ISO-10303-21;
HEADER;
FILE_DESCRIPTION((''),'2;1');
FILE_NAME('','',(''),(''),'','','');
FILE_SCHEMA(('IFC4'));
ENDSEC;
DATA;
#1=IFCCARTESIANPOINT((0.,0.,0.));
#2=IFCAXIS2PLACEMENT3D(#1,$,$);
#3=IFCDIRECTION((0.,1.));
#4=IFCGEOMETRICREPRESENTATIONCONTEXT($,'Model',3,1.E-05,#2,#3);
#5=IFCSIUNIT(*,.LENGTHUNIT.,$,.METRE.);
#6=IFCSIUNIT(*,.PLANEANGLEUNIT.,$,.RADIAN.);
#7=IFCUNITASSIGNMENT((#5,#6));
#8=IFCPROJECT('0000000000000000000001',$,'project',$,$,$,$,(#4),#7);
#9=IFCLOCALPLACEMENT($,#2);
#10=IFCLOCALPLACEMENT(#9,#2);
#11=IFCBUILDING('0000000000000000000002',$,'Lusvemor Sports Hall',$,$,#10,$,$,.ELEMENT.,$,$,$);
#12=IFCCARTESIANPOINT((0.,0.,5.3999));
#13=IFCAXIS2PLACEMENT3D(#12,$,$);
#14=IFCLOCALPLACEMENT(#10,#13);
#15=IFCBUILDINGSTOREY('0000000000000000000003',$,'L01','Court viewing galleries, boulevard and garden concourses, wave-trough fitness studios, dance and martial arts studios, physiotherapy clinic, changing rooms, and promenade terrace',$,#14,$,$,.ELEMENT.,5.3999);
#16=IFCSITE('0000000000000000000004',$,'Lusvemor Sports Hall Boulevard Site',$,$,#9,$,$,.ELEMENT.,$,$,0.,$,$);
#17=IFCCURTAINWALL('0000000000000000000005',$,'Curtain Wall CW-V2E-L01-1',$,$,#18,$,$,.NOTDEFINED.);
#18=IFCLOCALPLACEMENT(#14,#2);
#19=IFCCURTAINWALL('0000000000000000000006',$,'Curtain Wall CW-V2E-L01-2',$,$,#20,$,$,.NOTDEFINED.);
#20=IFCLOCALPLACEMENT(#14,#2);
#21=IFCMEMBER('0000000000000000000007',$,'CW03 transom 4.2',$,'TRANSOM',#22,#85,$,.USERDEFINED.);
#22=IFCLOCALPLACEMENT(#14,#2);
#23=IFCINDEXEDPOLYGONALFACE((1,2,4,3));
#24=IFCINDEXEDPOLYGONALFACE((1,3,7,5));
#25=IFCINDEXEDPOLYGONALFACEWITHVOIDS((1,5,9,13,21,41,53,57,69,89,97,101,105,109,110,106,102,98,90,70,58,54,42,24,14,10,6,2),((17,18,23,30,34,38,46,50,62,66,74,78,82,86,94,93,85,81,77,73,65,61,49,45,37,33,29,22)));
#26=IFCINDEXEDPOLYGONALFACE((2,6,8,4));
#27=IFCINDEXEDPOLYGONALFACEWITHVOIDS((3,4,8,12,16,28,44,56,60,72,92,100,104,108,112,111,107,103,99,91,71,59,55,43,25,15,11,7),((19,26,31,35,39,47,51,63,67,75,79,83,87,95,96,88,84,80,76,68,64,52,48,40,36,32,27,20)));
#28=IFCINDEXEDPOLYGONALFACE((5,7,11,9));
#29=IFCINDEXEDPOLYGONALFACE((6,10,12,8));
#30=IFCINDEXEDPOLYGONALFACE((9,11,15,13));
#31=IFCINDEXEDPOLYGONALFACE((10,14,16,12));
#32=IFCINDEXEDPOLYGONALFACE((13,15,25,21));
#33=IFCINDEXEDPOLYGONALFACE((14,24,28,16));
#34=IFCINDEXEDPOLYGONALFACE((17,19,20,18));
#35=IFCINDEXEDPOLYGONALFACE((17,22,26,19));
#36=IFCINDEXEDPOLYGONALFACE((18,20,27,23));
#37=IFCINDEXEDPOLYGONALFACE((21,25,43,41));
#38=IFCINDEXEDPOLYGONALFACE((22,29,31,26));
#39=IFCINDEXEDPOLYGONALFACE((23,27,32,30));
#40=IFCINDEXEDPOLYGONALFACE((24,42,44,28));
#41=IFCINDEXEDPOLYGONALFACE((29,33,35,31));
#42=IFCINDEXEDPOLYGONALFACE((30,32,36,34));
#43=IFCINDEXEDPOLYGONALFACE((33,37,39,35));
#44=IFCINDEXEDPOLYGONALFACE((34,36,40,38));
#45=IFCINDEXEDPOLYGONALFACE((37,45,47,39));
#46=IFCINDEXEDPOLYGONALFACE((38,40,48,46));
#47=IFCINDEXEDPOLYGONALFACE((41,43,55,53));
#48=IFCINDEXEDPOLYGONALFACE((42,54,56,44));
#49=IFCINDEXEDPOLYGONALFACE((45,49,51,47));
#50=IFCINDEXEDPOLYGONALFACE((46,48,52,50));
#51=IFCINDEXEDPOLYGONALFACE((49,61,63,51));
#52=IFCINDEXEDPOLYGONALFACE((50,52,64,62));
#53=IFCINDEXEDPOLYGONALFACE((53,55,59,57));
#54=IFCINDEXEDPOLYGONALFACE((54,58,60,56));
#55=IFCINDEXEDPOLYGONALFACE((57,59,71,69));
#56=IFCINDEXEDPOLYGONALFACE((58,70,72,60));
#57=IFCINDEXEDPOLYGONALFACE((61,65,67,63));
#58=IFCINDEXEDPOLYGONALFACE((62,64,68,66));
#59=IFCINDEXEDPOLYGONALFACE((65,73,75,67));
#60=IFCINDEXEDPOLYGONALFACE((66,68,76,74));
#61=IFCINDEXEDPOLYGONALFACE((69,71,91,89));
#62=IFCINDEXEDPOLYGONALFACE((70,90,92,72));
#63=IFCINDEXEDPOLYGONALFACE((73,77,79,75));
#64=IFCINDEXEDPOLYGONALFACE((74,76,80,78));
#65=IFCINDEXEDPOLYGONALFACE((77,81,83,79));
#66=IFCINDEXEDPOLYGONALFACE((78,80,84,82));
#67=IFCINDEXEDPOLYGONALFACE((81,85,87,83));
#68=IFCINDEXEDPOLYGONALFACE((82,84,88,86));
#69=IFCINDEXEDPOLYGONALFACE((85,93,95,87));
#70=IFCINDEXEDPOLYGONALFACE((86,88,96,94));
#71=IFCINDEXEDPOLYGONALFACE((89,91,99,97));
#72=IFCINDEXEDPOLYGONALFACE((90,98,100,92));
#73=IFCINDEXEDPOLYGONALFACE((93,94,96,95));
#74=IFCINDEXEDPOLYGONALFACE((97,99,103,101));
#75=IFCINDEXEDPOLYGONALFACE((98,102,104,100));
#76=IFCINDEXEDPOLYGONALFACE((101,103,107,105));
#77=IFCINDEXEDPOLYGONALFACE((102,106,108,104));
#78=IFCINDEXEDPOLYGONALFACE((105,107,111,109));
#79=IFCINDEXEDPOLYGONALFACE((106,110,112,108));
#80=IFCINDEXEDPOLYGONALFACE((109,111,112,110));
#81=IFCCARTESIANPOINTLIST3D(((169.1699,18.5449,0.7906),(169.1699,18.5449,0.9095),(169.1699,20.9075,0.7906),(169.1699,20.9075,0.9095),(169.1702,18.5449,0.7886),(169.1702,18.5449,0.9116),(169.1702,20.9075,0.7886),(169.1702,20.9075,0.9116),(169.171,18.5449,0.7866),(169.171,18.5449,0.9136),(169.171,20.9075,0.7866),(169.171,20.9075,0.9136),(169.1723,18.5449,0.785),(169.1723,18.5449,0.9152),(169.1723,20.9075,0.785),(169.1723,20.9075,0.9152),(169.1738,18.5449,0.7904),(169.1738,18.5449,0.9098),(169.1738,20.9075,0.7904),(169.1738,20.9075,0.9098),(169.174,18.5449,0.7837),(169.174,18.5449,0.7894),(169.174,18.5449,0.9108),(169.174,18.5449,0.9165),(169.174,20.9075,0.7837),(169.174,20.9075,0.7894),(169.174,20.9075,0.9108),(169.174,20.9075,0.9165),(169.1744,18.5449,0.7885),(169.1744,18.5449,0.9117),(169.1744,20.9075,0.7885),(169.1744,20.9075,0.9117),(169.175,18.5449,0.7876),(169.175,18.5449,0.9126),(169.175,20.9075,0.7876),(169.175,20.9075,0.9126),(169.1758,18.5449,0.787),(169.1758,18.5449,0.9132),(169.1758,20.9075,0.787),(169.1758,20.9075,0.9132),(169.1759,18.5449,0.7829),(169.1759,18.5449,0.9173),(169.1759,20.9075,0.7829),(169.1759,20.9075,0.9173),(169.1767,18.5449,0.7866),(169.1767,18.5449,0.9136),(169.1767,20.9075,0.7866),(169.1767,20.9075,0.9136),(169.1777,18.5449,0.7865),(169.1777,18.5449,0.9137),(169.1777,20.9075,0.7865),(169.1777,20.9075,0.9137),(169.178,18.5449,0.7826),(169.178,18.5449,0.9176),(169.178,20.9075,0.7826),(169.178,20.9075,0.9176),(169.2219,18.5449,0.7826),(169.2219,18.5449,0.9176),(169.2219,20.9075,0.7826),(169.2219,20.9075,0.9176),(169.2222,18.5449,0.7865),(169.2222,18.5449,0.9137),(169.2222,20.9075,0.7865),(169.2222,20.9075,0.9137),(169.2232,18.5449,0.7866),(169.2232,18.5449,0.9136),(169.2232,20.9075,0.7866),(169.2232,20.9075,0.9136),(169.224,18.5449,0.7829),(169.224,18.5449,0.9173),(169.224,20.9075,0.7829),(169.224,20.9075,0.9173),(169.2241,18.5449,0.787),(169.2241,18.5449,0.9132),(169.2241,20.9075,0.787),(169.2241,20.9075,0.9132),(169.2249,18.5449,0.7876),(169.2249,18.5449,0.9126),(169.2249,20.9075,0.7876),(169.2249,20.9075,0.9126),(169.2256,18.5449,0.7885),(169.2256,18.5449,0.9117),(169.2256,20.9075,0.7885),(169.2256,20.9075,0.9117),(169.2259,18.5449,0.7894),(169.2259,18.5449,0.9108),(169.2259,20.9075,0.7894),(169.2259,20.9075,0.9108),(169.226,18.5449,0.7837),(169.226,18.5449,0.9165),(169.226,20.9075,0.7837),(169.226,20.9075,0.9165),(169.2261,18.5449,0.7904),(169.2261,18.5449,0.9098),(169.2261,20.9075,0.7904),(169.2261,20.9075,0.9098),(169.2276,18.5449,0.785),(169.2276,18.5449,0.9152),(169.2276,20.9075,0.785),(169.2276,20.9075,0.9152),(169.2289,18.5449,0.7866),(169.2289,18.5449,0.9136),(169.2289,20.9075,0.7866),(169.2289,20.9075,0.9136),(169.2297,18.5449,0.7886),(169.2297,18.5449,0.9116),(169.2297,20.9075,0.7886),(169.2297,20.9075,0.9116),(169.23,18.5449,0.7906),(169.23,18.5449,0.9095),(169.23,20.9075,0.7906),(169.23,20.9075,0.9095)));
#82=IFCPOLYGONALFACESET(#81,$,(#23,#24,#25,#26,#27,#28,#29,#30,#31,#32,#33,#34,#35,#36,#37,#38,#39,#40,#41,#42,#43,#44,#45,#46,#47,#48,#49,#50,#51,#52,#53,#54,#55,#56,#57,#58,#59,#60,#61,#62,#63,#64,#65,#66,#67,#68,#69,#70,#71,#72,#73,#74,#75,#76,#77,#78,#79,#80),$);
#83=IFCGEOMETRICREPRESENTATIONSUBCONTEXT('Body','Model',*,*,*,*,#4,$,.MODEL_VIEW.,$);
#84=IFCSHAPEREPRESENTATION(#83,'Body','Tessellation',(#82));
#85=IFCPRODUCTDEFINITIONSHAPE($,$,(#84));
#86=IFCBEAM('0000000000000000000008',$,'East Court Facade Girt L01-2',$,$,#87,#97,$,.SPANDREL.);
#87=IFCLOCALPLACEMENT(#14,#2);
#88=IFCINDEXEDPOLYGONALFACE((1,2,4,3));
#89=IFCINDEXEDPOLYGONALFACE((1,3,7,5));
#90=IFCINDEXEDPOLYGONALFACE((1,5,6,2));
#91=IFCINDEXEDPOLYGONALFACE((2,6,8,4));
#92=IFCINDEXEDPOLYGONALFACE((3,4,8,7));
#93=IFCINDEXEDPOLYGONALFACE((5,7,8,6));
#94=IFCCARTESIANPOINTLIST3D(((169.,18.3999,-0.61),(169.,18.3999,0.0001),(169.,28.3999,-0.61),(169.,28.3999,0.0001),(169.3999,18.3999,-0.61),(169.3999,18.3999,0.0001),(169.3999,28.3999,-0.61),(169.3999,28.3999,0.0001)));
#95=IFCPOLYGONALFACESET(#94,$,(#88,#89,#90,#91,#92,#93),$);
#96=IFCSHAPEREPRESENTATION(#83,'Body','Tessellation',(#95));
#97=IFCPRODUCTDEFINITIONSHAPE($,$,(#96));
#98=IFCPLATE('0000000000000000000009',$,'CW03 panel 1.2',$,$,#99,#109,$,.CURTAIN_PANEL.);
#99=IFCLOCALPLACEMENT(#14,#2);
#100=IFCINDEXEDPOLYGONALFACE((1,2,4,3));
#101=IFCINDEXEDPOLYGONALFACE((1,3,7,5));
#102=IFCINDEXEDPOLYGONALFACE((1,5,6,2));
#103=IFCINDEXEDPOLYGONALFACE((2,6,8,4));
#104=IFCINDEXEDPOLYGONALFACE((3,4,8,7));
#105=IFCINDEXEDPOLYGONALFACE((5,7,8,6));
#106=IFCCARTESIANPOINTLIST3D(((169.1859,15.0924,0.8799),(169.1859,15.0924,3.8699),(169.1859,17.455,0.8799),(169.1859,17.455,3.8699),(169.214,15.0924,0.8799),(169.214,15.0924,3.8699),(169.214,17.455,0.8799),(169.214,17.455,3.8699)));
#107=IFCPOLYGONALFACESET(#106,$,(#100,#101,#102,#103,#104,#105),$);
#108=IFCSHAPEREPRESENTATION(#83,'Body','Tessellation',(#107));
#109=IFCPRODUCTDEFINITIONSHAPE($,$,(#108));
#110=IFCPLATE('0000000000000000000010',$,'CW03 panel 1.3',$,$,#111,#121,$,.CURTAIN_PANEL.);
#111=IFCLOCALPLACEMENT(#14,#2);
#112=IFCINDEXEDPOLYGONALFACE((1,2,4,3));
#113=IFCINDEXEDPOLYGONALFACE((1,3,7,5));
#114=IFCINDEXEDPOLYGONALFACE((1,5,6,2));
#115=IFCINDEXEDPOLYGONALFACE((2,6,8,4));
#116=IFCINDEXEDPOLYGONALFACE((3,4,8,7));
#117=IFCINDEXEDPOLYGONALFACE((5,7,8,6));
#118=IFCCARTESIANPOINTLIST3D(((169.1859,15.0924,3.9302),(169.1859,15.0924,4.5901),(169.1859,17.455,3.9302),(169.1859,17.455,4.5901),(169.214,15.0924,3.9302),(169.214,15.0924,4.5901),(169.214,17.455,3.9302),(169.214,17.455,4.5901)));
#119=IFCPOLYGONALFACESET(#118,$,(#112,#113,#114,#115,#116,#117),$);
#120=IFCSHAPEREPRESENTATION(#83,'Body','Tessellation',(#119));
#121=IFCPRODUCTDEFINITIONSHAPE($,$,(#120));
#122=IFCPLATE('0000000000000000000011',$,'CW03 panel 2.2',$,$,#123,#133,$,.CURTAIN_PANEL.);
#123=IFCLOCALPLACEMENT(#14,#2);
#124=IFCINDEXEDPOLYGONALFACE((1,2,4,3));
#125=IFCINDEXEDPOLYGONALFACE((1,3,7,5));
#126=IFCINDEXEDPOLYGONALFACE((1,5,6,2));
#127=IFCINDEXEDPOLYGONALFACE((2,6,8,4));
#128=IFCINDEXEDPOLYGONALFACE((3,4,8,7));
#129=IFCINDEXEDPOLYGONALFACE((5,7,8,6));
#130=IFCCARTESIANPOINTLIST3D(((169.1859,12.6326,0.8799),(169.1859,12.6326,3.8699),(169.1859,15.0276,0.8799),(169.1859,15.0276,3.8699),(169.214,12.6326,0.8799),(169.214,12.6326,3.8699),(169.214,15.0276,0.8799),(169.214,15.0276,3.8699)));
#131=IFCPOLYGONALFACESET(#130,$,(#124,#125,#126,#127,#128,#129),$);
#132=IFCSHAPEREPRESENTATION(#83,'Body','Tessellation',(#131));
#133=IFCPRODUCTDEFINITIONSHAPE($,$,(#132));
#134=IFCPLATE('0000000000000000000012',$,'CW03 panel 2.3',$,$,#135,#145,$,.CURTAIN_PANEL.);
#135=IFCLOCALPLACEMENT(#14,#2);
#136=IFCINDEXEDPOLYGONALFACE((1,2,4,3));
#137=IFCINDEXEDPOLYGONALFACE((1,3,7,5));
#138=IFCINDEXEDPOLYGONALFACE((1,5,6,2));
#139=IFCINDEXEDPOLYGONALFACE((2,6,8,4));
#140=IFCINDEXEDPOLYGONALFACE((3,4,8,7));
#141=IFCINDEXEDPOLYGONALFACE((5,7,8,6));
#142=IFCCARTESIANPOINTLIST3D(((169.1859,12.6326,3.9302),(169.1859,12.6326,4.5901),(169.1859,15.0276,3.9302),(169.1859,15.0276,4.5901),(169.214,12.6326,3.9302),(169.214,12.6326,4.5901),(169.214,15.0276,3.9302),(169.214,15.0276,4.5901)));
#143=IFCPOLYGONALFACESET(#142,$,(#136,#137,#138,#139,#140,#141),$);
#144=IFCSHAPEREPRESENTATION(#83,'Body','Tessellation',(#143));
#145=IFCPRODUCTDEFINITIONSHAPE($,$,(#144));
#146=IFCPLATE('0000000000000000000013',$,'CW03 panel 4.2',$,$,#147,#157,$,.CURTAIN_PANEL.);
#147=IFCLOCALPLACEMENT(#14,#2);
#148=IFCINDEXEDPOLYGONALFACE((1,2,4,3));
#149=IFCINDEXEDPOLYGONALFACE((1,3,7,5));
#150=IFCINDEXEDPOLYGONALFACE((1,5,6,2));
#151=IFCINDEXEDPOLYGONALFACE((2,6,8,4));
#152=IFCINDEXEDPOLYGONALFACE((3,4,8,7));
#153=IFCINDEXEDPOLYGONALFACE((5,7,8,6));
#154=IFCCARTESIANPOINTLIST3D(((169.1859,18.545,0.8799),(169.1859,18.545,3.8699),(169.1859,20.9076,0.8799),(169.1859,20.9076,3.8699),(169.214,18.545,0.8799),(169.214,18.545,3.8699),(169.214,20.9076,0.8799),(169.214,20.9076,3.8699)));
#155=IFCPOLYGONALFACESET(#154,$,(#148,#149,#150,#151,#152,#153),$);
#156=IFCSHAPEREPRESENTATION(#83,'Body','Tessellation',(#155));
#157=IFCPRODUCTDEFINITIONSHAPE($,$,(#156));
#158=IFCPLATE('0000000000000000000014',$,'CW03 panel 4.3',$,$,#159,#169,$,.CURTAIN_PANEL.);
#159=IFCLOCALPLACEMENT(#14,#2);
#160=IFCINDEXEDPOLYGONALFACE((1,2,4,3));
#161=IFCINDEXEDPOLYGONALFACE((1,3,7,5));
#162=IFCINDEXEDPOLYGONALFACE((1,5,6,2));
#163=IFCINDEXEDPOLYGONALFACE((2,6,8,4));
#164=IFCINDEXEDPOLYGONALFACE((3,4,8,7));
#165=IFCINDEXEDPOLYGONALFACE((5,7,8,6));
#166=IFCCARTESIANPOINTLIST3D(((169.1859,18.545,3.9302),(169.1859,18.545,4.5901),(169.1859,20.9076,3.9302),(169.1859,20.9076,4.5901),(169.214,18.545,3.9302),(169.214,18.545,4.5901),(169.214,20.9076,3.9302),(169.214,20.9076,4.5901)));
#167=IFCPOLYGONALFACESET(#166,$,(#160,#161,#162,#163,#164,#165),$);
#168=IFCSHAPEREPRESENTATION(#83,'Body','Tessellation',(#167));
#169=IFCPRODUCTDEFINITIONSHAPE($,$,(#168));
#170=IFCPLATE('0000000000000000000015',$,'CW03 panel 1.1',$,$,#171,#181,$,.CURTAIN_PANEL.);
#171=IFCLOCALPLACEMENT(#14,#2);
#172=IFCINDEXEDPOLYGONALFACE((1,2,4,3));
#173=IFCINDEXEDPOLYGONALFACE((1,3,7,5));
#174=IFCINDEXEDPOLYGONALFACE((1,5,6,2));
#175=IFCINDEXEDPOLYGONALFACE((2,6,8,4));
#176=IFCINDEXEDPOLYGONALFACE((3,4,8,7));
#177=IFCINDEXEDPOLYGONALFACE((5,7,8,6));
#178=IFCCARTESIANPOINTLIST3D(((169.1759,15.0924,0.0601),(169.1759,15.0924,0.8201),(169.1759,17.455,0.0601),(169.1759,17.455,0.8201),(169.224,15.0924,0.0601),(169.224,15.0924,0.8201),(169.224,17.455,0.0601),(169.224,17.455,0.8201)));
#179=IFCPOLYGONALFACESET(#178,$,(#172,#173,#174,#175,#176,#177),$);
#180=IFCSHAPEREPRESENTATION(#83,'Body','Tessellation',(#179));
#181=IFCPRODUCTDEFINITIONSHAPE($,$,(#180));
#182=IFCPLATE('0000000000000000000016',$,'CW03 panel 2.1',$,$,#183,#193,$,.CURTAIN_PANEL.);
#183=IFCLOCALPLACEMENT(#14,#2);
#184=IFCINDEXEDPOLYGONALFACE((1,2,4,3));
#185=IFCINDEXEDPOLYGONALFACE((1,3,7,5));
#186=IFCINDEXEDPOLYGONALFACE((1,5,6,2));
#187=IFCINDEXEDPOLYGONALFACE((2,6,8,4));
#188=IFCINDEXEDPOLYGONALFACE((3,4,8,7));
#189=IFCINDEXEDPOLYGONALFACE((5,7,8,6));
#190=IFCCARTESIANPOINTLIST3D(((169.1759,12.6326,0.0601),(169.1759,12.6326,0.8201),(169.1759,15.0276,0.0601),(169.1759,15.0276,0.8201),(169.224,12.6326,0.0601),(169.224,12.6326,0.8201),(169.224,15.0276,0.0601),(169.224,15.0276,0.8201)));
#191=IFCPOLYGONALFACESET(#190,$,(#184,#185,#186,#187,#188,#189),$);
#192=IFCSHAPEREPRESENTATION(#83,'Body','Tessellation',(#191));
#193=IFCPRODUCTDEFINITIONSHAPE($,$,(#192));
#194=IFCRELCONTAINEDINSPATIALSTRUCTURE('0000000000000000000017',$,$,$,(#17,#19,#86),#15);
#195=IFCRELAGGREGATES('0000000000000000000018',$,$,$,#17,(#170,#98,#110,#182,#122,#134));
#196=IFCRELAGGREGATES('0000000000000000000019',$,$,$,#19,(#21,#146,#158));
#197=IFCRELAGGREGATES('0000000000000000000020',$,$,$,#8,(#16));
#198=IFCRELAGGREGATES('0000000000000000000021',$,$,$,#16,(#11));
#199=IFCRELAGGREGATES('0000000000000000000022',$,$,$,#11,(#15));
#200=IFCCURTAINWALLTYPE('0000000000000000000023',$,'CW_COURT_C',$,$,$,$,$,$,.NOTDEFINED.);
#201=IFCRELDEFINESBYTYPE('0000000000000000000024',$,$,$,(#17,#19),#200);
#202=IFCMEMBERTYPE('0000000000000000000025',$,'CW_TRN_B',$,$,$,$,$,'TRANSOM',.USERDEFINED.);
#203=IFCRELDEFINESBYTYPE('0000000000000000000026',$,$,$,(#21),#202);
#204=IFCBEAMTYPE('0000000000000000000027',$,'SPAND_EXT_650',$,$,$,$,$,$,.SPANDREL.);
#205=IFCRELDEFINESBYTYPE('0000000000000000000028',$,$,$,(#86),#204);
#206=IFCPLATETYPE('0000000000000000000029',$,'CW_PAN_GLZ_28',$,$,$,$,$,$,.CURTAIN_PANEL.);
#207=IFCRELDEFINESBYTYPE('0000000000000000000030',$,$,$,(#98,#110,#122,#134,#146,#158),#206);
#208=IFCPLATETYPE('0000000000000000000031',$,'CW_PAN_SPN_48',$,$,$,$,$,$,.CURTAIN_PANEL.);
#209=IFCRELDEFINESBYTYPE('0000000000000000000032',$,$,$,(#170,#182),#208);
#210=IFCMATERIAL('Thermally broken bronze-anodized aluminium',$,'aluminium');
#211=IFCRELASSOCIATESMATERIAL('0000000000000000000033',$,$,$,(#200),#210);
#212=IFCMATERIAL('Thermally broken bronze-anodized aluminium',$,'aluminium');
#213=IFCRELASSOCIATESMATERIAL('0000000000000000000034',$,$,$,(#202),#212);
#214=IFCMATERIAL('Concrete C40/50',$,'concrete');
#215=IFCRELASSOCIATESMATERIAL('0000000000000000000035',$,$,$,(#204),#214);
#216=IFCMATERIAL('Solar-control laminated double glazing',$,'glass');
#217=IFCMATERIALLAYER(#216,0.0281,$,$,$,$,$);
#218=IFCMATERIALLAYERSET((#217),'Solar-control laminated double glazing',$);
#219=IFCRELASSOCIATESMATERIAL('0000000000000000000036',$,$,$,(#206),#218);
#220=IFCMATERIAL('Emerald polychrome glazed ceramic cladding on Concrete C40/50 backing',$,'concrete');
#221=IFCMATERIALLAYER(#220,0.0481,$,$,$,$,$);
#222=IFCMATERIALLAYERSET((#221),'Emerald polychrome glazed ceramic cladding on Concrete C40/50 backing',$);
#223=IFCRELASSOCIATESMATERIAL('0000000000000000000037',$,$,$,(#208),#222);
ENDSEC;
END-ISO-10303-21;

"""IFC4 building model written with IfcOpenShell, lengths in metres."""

from ifc_helpers import new_model, si_unit, direction, frame, origin, origin_2d, place, context, subcontext, project, spatial, rectangle, hollow_rectangle, extrude, material, layer, layer_set, material_profile, profile_set, type_object, element, aggregate, save


model = new_model("IFC4")

# Units and contexts
model_context = context("Model", 3, precision=1e-05, world=origin(), true_north=direction((0.0, 1.0)))
body_context = subcontext(model_context, "Body", "Model", "MODEL_VIEW")
ifc_project = project(units=[si_unit("LENGTHUNIT", "METRE"), si_unit("PLANEANGLEUNIT", "RADIAN")], contexts=[model_context])

# Site, building, storey
site_placement = place(None, origin())
site = spatial("IfcSite", under=ifc_project, at=site_placement, Name="Lusvemor Sports Hall Boulevard Site", CompositionType="ELEMENT", RefElevation=0.0)
building_placement = place(site_placement, origin())
building = spatial("IfcBuilding", under=site, at=building_placement, Name="Lusvemor Sports Hall", CompositionType="ELEMENT")
storey_placement = place(building_placement, frame((0.0, 0.0, 5.3999)))
storey = spatial("IfcBuildingStorey", under=building, at=storey_placement, Name="L01", Description="Court viewing galleries, boulevard and garden concourses, wave-trough fitness studios, dance and martial arts studios, physiotherapy clinic, changing rooms, and promenade terrace", CompositionType="ELEMENT", Elevation=5.3999)

# Curtain wall
ifc_material_1 = material(Name="Thermally broken bronze-anodized aluminium", Category="aluminium")
curtain_wall_type = type_object("IfcCurtainWallType", Name="CW_COURT_C", PredefinedType="NOTDEFINED", material=ifc_material_1)
curtain_wall_1_placement = place(storey_placement, origin())
curtain_wall_1 = element("IfcCurtainWall", 1, at=curtain_wall_1_placement, inside=storey, type_object=curtain_wall_type, Name="Curtain Wall CW-V2E-L01-1", PredefinedType="NOTDEFINED")

# Curtain wall
curtain_wall_2_placement = place(storey_placement, origin())
curtain_wall_2 = element("IfcCurtainWall", 2, at=curtain_wall_2_placement, inside=storey, type_object=curtain_wall_type, Name="Curtain Wall CW-V2E-L01-2", PredefinedType="NOTDEFINED")

# Member
ifc_material_2 = material(Name="Thermally broken bronze-anodized aluminium", Category="aluminium")
ifc_material_profile_1 = material_profile(ifc_material_2, hollow_rectangle(XDim=0.0601, YDim=0.135, WallThickness=0.0039, InnerFilletRadius=0.0039, OuterFilletRadius=0.0081, at=origin_2d()), Name="CWTRN135x60x4")
ifc_profile_set_1 = profile_set([ifc_material_profile_1], Name="Thermally broken bronze-anodized aluminium")
member_type_1 = type_object("IfcMemberType", Name="CW_TRN_B", ElementType="TRANSOM", PredefinedType="USERDEFINED", material=ifc_profile_set_1)
member_1_placement = place(storey_placement, frame((169.2, 20.9075, 0.8501), z_axis=(0.0, -1.0, 0.0), x_axis=(1.0, 0.0, 0.0)))
member_1 = element("IfcMember", 3, at=member_1_placement, type_object=member_type_1, Name="CW03 transom 4.2", ObjectType="TRANSOM", PredefinedType="USERDEFINED", context=body_context, shape_type="SweptSolid", body=[
    extrude(hollow_rectangle(XDim=0.0601, YDim=0.135, WallThickness=0.0039, InnerFilletRadius=0.0039, OuterFilletRadius=0.0081, at=origin_2d()), origin(), (0.0, 0.0, 1.0), 2.3625),
])

# Beam
ifc_material_3 = material(Name="Concrete C40/50", Category="concrete")
ifc_material_profile_2 = material_profile(ifc_material_3, rectangle(XDim=0.3999, YDim=0.6101, at=origin_2d()), Name="RC400x610")
ifc_profile_set_2 = profile_set([ifc_material_profile_2], Name="Concrete C40/50")
beam_type = type_object("IfcBeamType", Name="SPAND_EXT_650", PredefinedType="SPANDREL", material=ifc_profile_set_2)
beam_placement = place(storey_placement, frame((169.2, 18.3999, -0.3049), z_axis=(0.0, 1.0, 0.0), x_axis=(-1.0, 0.0, 0.0)))
element("IfcBeam", 4, at=beam_placement, inside=storey, type_object=beam_type, Name="East Court Facade Girt L01-2", PredefinedType="SPANDREL", context=body_context, shape_type="SweptSolid", body=[
    extrude(rectangle(XDim=0.3999, YDim=0.6101, at=origin_2d()), origin(), (0.0, 0.0, 1.0), 10.0),
])

# Plates
ifc_material_4 = material(Name="Solar-control laminated double glazing", Category="glass")
ifc_layer_1 = layer(ifc_material_4, 0.0281)
ifc_layer_set_1 = layer_set([ifc_layer_1], Name="Solar-control laminated double glazing")
plate_type_1 = type_object("IfcPlateType", Name="CW_PAN_GLZ_28", PredefinedType="CURTAIN_PANEL", material=ifc_layer_set_1)
plate_1_placement = place(storey_placement, frame((169.2, 16.2737, 0.8799), z_axis=(0.0, 0.0, 1.0), x_axis=(0.0, -1.0, 0.0)))
plate_1 = element("IfcPlate", 5, at=plate_1_placement, type_object=plate_type_1, Name="CW03 panel 1.2", PredefinedType="CURTAIN_PANEL", context=body_context, shape_type="SweptSolid", body=[
    extrude(rectangle(XDim=2.3625, YDim=0.0281, at=origin_2d()), origin(), (0.0, 0.0, 1.0), 2.99),
])
plate_2_placement = place(storey_placement, frame((169.2, 16.2737, 3.9302), z_axis=(0.0, 0.0, 1.0), x_axis=(0.0, -1.0, 0.0)))
plate_2 = element("IfcPlate", 6, at=plate_2_placement, type_object=plate_type_1, Name="CW03 panel 1.3", PredefinedType="CURTAIN_PANEL", context=body_context, shape_type="SweptSolid", body=[
    extrude(rectangle(XDim=2.3625, YDim=0.0281, at=origin_2d()), origin(), (0.0, 0.0, 1.0), 0.6599),
])
plate_3_placement = place(storey_placement, frame((169.2, 13.8301, 0.8799), z_axis=(0.0, 0.0, 1.0), x_axis=(0.0, -1.0, 0.0)))
plate_3 = element("IfcPlate", 7, at=plate_3_placement, type_object=plate_type_1, Name="CW03 panel 2.2", PredefinedType="CURTAIN_PANEL", context=body_context, shape_type="SweptSolid", body=[
    extrude(rectangle(XDim=2.395, YDim=0.0281, at=origin_2d()), origin(), (0.0, 0.0, 1.0), 2.99),
])
plate_4_placement = place(storey_placement, frame((169.2, 13.8301, 3.9302), z_axis=(0.0, 0.0, 1.0), x_axis=(0.0, -1.0, 0.0)))
plate_4 = element("IfcPlate", 8, at=plate_4_placement, type_object=plate_type_1, Name="CW03 panel 2.3", PredefinedType="CURTAIN_PANEL", context=body_context, shape_type="SweptSolid", body=[
    extrude(rectangle(XDim=2.395, YDim=0.0281, at=origin_2d()), origin(), (0.0, 0.0, 1.0), 0.6599),
])
plate_5_placement = place(storey_placement, frame((169.2, 19.7263, 0.8799), z_axis=(0.0, 0.0, 1.0), x_axis=(0.0, -1.0, 0.0)))
plate_5 = element("IfcPlate", 9, at=plate_5_placement, type_object=plate_type_1, Name="CW03 panel 4.2", PredefinedType="CURTAIN_PANEL", context=body_context, shape_type="SweptSolid", body=[
    extrude(rectangle(XDim=2.3625, YDim=0.0281, at=origin_2d()), origin(), (0.0, 0.0, 1.0), 2.99),
])
plate_6_placement = place(storey_placement, frame((169.2, 19.7263, 3.9302), z_axis=(0.0, 0.0, 1.0), x_axis=(0.0, -1.0, 0.0)))
plate_6 = element("IfcPlate", 10, at=plate_6_placement, type_object=plate_type_1, Name="CW03 panel 4.3", PredefinedType="CURTAIN_PANEL", context=body_context, shape_type="SweptSolid", body=[
    extrude(rectangle(XDim=2.3625, YDim=0.0281, at=origin_2d()), origin(), (0.0, 0.0, 1.0), 0.6599),
])
ifc_material_5 = material(Name="Emerald polychrome glazed ceramic cladding on Concrete C40/50 backing", Category="concrete")
ifc_layer_2 = layer(ifc_material_5, 0.0481)
ifc_layer_set_2 = layer_set([ifc_layer_2], Name="Emerald polychrome glazed ceramic cladding on Concrete C40/50 backing")
plate_type_2 = type_object("IfcPlateType", Name="CW_PAN_SPN_48", PredefinedType="CURTAIN_PANEL", material=ifc_layer_set_2)
plate_7_placement = place(storey_placement, frame((169.2, 16.2737, 0.0601), z_axis=(0.0, 0.0, 1.0), x_axis=(0.0, -1.0, 0.0)))
plate_7 = element("IfcPlate", 11, at=plate_7_placement, type_object=plate_type_2, Name="CW03 panel 1.1", PredefinedType="CURTAIN_PANEL", context=body_context, shape_type="SweptSolid", body=[
    extrude(rectangle(XDim=2.3625, YDim=0.0481, at=origin_2d()), origin(), (0.0, 0.0, 1.0), 0.76),
])
plate_8_placement = place(storey_placement, frame((169.2, 13.8301, 0.0601), z_axis=(0.0, 0.0, 1.0), x_axis=(0.0, -1.0, 0.0)))
plate_8 = element("IfcPlate", 12, at=plate_8_placement, type_object=plate_type_2, Name="CW03 panel 2.1", PredefinedType="CURTAIN_PANEL", context=body_context, shape_type="SweptSolid", body=[
    extrude(rectangle(XDim=2.395, YDim=0.0481, at=origin_2d()), origin(), (0.0, 0.0, 1.0), 0.76),
])
aggregate(curtain_wall_1, [plate_7, plate_1, plate_2, plate_8, plate_3, plate_4])
aggregate(curtain_wall_2, [member_1, plate_5, plate_6])

save(model, "model.ifc")
